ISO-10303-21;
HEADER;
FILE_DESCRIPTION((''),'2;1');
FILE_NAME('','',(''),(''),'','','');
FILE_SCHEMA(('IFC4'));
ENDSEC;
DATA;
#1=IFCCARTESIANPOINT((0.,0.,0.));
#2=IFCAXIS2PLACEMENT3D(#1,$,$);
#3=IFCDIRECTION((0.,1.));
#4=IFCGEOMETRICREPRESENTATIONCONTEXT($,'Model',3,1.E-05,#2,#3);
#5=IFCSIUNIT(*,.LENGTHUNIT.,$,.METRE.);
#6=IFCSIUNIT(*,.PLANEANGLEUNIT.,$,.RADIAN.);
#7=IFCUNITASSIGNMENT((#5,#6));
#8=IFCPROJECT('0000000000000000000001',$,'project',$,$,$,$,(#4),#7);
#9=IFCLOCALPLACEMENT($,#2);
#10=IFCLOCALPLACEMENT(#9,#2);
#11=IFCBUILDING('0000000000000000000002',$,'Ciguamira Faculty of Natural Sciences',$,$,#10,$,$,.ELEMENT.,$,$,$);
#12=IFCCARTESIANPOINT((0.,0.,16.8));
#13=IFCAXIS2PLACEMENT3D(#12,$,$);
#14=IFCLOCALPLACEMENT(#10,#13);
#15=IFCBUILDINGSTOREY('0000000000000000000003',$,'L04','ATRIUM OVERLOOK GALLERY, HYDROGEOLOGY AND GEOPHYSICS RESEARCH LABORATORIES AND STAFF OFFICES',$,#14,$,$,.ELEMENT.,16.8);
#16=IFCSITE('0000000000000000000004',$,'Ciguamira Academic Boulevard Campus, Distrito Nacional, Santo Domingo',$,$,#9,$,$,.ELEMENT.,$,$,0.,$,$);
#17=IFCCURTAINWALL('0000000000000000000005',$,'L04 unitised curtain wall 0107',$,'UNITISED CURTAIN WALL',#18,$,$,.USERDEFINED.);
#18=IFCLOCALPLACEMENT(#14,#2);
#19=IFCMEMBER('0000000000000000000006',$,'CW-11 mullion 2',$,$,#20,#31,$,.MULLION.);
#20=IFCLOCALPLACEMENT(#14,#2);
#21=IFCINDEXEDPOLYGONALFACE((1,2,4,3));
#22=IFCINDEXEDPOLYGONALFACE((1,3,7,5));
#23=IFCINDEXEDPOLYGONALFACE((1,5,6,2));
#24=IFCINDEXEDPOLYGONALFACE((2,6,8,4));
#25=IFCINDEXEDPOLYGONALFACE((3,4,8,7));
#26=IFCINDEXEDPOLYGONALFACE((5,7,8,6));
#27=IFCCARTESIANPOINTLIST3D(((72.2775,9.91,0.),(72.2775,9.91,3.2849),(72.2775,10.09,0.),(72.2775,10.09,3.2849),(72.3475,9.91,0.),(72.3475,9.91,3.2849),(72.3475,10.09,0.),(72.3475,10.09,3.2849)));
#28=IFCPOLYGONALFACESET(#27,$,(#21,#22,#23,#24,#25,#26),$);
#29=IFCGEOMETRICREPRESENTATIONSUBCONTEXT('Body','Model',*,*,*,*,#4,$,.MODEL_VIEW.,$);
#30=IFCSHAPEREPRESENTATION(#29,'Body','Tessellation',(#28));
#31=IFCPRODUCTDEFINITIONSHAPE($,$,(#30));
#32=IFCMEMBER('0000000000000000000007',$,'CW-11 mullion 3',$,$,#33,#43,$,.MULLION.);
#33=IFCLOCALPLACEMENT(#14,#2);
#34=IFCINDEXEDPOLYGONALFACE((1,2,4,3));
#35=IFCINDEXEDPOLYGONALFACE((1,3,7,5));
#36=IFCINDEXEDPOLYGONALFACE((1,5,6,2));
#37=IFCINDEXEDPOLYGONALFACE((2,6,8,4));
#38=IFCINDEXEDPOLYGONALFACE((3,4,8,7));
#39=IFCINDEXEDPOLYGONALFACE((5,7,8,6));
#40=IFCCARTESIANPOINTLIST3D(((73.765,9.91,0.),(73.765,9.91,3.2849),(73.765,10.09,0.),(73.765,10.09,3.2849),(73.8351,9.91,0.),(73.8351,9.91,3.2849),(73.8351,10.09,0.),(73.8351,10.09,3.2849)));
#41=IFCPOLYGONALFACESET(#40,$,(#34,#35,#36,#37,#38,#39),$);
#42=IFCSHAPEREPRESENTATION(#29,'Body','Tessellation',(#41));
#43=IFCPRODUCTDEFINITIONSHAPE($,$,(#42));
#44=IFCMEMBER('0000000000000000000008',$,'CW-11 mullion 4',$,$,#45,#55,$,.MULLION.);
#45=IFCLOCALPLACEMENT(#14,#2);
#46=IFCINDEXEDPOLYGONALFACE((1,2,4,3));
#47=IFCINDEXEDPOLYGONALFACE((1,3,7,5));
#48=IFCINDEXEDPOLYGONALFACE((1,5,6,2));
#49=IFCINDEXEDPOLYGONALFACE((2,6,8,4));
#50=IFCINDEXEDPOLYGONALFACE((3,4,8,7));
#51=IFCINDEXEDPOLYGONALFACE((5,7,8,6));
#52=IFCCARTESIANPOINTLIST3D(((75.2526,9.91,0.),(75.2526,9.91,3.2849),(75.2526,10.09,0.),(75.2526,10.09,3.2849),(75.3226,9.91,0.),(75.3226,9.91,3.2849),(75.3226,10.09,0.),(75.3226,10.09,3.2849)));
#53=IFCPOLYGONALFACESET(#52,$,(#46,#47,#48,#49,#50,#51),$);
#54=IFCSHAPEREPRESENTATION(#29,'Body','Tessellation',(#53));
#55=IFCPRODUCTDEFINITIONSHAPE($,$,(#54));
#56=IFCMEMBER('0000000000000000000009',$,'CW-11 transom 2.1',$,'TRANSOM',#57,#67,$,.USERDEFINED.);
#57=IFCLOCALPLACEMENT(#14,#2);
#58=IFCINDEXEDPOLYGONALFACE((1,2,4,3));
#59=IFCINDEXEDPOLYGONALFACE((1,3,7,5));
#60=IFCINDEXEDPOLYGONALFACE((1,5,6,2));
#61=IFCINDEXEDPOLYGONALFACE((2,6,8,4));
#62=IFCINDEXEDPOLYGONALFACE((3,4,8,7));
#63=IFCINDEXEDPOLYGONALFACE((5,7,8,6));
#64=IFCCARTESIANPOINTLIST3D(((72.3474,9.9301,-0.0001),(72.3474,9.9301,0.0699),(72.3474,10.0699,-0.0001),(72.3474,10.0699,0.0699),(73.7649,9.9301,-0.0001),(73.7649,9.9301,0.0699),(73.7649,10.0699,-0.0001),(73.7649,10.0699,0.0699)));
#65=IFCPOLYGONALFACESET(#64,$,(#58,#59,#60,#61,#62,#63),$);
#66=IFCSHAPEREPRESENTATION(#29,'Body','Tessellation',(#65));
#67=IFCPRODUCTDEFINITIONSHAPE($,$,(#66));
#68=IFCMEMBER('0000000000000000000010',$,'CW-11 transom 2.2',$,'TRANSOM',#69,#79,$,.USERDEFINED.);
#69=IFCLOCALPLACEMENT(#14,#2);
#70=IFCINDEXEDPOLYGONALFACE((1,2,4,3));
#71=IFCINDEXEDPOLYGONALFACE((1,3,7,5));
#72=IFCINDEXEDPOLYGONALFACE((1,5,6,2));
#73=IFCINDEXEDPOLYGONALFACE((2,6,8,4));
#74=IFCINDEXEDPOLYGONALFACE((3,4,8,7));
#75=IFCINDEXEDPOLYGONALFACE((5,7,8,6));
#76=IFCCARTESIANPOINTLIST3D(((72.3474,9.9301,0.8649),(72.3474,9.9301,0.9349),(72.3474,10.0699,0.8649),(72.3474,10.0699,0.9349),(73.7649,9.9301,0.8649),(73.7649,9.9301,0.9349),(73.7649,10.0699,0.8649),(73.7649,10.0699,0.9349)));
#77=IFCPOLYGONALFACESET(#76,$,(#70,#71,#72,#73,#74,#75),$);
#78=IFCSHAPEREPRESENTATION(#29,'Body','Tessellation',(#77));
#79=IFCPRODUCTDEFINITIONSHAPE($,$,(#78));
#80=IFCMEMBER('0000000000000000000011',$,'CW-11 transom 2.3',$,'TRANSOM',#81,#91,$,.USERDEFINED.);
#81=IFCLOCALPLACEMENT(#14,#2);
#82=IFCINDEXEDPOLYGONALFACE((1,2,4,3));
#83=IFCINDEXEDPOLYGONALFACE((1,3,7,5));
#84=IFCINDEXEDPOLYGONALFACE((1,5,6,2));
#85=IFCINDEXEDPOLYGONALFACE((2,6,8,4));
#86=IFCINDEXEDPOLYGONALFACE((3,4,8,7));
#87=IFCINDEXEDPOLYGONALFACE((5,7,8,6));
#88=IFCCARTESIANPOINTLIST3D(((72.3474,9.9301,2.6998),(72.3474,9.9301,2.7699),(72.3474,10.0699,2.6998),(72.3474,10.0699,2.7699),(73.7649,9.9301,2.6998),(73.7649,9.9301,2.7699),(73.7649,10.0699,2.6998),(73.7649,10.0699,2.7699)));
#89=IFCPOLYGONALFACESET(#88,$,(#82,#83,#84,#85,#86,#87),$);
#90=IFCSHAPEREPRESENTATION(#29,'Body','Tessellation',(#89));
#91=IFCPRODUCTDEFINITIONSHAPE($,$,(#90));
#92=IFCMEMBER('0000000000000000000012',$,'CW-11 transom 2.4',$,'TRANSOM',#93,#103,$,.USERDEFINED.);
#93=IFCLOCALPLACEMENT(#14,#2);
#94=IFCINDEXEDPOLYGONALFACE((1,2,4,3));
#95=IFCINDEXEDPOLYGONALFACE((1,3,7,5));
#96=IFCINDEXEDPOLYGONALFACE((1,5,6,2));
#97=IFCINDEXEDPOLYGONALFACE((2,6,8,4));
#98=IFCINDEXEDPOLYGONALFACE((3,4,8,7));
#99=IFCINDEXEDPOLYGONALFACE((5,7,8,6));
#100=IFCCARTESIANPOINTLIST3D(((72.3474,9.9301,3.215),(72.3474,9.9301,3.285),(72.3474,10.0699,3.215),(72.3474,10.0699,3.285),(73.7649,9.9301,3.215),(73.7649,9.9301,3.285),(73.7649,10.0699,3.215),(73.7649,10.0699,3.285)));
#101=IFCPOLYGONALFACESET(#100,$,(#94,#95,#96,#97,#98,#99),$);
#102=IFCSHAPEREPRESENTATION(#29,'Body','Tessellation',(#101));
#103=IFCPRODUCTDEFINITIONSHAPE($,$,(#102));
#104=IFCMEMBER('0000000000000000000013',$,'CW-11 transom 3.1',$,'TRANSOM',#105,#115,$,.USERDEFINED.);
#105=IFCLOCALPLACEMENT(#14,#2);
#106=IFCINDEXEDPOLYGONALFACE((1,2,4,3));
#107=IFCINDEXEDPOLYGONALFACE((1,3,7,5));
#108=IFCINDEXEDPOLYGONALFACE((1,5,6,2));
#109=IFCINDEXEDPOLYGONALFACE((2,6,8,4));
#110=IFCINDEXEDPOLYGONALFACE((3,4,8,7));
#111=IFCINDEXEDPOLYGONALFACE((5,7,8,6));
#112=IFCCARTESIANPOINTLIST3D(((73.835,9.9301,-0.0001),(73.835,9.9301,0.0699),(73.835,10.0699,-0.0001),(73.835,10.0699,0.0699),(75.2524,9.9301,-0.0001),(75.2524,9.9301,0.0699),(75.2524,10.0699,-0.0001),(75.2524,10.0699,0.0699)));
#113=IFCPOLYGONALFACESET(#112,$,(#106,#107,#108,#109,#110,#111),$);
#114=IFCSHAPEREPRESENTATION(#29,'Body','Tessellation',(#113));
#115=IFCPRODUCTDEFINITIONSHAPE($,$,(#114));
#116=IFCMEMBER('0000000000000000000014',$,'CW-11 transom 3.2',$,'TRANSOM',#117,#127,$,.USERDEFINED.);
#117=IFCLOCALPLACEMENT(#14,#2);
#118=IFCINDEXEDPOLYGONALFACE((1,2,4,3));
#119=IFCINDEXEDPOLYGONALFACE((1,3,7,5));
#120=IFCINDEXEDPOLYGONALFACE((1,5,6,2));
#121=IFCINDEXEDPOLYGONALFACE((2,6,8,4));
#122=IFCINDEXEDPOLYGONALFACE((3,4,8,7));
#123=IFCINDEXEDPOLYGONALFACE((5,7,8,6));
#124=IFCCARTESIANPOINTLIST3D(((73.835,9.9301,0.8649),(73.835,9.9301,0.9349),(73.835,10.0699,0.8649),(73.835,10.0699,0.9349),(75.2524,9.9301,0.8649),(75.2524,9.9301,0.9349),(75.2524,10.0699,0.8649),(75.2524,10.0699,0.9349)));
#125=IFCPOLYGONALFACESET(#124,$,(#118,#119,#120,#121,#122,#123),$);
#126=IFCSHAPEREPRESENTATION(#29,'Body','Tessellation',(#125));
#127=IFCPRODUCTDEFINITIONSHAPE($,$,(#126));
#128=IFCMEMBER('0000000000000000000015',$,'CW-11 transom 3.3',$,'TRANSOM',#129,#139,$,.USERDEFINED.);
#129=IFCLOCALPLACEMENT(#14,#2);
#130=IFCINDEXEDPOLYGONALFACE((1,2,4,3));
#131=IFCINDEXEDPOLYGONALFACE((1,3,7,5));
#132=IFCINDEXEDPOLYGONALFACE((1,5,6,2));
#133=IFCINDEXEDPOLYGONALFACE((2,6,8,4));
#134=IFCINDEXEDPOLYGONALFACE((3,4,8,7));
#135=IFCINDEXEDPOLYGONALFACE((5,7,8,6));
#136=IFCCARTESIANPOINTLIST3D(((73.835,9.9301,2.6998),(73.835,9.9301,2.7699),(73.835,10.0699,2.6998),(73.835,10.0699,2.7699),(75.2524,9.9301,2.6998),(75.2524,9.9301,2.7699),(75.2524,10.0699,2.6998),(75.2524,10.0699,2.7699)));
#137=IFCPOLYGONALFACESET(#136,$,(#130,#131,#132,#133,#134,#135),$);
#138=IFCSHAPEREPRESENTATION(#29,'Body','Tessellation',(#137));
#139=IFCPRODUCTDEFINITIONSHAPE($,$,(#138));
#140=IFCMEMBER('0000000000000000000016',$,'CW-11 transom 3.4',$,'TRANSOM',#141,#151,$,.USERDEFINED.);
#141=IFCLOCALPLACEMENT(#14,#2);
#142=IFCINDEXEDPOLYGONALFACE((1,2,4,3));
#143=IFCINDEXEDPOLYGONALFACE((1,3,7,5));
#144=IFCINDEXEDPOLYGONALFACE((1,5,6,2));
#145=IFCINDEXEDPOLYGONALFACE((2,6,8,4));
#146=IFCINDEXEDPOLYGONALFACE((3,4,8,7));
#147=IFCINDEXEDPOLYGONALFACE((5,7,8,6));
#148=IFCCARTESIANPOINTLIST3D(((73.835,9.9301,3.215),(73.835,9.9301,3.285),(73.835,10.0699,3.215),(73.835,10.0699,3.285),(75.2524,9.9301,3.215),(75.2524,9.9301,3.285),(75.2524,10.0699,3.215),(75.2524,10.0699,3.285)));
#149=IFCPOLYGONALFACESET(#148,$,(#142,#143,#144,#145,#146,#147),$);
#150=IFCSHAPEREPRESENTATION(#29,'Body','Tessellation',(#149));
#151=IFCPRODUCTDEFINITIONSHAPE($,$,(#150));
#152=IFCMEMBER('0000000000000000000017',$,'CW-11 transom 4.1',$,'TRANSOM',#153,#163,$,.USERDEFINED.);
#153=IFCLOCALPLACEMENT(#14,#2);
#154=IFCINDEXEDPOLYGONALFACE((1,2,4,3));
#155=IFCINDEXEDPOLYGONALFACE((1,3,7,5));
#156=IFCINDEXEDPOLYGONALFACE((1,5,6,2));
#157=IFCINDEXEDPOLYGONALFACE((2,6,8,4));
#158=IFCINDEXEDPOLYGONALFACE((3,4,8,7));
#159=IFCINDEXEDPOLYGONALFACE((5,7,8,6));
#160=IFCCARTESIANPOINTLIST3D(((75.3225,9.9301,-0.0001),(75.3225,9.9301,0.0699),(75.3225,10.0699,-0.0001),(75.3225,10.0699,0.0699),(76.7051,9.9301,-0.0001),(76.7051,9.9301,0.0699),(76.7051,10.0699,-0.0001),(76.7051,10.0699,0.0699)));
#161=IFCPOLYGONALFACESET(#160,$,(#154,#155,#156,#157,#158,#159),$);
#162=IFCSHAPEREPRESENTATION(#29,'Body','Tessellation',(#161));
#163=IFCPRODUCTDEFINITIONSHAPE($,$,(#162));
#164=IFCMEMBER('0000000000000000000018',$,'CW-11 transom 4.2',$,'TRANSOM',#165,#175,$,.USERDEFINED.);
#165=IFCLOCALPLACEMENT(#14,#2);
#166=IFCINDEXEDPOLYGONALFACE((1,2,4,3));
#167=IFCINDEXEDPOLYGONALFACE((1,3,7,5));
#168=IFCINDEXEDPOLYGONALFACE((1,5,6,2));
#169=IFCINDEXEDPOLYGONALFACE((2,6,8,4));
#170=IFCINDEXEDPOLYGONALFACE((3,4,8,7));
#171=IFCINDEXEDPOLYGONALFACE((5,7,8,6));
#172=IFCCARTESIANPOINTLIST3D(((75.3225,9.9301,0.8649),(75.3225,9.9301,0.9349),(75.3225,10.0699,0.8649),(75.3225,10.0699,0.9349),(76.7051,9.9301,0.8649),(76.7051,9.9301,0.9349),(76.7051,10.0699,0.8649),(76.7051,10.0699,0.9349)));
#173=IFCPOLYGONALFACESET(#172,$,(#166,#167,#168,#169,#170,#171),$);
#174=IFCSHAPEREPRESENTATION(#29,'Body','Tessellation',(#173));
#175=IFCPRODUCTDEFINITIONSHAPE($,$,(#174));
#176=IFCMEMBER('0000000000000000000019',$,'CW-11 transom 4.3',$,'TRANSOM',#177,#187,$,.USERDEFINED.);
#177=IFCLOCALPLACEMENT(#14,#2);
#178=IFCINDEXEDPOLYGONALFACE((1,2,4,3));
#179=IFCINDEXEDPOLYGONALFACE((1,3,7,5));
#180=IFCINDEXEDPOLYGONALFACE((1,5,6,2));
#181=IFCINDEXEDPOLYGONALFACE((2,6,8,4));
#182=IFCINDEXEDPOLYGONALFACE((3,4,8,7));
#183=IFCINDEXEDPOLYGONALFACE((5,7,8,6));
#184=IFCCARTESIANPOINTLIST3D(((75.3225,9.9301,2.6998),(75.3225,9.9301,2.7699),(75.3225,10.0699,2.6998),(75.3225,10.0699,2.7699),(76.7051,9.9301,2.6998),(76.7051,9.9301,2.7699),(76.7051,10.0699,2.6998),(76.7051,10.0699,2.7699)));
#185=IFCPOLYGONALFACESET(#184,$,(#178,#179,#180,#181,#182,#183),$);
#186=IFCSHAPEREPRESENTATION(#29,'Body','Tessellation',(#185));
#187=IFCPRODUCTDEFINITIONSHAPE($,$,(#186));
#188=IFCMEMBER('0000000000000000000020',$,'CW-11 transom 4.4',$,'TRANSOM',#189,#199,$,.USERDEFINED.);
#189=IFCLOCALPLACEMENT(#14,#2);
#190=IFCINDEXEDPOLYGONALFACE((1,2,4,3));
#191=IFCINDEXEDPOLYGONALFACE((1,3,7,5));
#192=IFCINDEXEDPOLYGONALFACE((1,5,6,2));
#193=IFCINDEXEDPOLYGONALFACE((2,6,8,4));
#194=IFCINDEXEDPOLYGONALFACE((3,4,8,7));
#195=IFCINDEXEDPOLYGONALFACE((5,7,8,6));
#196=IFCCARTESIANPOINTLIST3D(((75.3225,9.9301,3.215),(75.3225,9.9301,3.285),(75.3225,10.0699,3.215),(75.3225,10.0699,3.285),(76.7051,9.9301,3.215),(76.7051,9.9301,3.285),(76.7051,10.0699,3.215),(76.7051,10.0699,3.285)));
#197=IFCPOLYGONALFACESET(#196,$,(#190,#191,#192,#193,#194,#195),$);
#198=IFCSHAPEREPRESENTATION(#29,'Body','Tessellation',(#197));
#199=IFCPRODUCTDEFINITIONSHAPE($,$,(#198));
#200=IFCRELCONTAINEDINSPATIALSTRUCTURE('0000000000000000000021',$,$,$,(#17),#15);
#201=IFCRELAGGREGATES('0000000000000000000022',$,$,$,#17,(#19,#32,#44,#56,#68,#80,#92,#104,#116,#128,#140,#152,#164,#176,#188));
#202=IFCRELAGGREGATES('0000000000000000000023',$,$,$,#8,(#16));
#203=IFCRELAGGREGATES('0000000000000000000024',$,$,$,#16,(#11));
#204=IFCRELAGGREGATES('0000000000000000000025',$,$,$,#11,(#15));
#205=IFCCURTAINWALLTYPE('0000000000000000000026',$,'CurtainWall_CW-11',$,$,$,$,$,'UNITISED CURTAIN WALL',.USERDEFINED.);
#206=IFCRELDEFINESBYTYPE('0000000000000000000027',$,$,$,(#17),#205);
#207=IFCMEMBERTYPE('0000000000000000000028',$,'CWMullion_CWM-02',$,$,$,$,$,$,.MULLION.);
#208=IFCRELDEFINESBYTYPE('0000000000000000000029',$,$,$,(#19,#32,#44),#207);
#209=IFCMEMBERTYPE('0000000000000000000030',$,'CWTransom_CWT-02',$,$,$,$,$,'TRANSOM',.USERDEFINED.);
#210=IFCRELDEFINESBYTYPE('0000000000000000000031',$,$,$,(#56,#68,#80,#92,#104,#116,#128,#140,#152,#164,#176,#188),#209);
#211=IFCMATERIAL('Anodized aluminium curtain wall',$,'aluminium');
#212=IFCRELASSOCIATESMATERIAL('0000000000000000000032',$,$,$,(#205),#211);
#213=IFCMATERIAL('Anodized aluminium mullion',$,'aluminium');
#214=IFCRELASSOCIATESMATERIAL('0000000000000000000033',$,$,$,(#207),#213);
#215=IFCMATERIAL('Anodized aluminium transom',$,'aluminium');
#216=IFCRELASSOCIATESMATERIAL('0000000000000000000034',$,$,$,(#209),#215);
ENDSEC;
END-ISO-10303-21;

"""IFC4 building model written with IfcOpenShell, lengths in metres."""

from ifc_helpers import new_model, si_unit, direction, frame, origin, origin_2d, place, context, subcontext, project, spatial, rectangle, extrude, material, material_profile, profile_set, type_object, element, aggregate, save


model = new_model("IFC4")

# Units and contexts
model_context = context("Model", 3, precision=1e-05, world=origin(), true_north=direction((0.0, 1.0)))
body_context = subcontext(model_context, "Body", "Model", "MODEL_VIEW")
ifc_project = project(units=[si_unit("LENGTHUNIT", "METRE"), si_unit("PLANEANGLEUNIT", "RADIAN")], contexts=[model_context])

# Site, building, storey
site_placement = place(None, origin())
site = spatial("IfcSite", under=ifc_project, at=site_placement, Name="Ciguamira Academic Boulevard Campus, Distrito Nacional, Santo Domingo", CompositionType="ELEMENT", RefElevation=0.0)
building_placement = place(site_placement, origin())
building = spatial("IfcBuilding", under=site, at=building_placement, Name="Ciguamira Faculty of Natural Sciences", CompositionType="ELEMENT")
storey_placement = place(building_placement, frame((0.0, 0.0, 16.8)))
storey = spatial("IfcBuildingStorey", under=building, at=storey_placement, Name="L04", Description="ATRIUM OVERLOOK GALLERY, HYDROGEOLOGY AND GEOPHYSICS RESEARCH LABORATORIES AND STAFF OFFICES", CompositionType="ELEMENT", Elevation=16.8)

# Curtain wall, members
ifc_material_1 = material(Name="Anodized aluminium curtain wall", Category="aluminium")
curtain_wall_type = type_object("IfcCurtainWallType", Name="CurtainWall_CW-11", ElementType="UNITISED CURTAIN WALL", PredefinedType="USERDEFINED", material=ifc_material_1)
curtain_wall_placement = place(storey_placement, origin())
curtain_wall = element("IfcCurtainWall", 1, at=curtain_wall_placement, inside=storey, type_object=curtain_wall_type, Name="L04 unitised curtain wall 0107", ObjectType="UNITISED CURTAIN WALL", PredefinedType="USERDEFINED")
ifc_material_2 = material(Name="Anodized aluminium mullion", Category="aluminium")
ifc_material_profile_1 = material_profile(ifc_material_2, rectangle(XDim=0.0701, YDim=0.1799, at=origin_2d()), Name="ALU-MUL-70X180")
ifc_profile_set_1 = profile_set([ifc_material_profile_1], Name="Anodized aluminium mullion")
member_type_1 = type_object("IfcMemberType", Name="CWMullion_CWM-02", PredefinedType="MULLION", material=ifc_profile_set_1)
member_1_placement = place(storey_placement, frame((72.3125, 10.0, 0.0), z_axis=(0.0, 0.0, 1.0), x_axis=(1.0, 0.0, 0.0)))
member_1 = element("IfcMember", 2, at=member_1_placement, type_object=member_type_1, Name="CW-11 mullion 2", PredefinedType="MULLION", context=body_context, shape_type="SweptSolid", body=[
    extrude(rectangle(XDim=0.0701, YDim=0.1799, at=origin_2d()), origin(), (0.0, 0.0, 1.0), 3.2849),
])
member_2_placement = place(storey_placement, frame((73.8, 10.0, 0.0), z_axis=(0.0, 0.0, 1.0), x_axis=(1.0, 0.0, 0.0)))
member_2 = element("IfcMember", 3, at=member_2_placement, type_object=member_type_1, Name="CW-11 mullion 3", PredefinedType="MULLION", context=body_context, shape_type="SweptSolid", body=[
    extrude(rectangle(XDim=0.0701, YDim=0.1799, at=origin_2d()), origin(), (0.0, 0.0, 1.0), 3.2849),
])
member_3_placement = place(storey_placement, frame((75.2876, 10.0, 0.0), z_axis=(0.0, 0.0, 1.0), x_axis=(1.0, 0.0, 0.0)))
member_3 = element("IfcMember", 4, at=member_3_placement, type_object=member_type_1, Name="CW-11 mullion 4", PredefinedType="MULLION", context=body_context, shape_type="SweptSolid", body=[
    extrude(rectangle(XDim=0.0701, YDim=0.1799, at=origin_2d()), origin(), (0.0, 0.0, 1.0), 3.2849),
])
ifc_material_3 = material(Name="Anodized aluminium transom", Category="aluminium")
ifc_material_profile_2 = material_profile(ifc_material_3, rectangle(XDim=0.0701, YDim=0.1399, at=origin_2d()), Name="ALU-TRN-70X140")
ifc_profile_set_2 = profile_set([ifc_material_profile_2], Name="Anodized aluminium transom")
member_type_2 = type_object("IfcMemberType", Name="CWTransom_CWT-02", ElementType="TRANSOM", PredefinedType="USERDEFINED", material=ifc_profile_set_2)
member_4_placement = place(storey_placement, frame((72.3474, 10.0, 0.0349), z_axis=(1.0, 0.0, 0.0), x_axis=(0.0, 0.0, 1.0)))
member_4 = element("IfcMember", 5, at=member_4_placement, type_object=member_type_2, Name="CW-11 transom 2.1", ObjectType="TRANSOM", PredefinedType="USERDEFINED", context=body_context, shape_type="SweptSolid", body=[
    extrude(rectangle(XDim=0.0701, YDim=0.1399, at=origin_2d()), origin(), (0.0, 0.0, 1.0), 1.4175),
])
member_5_placement = place(storey_placement, frame((72.3474, 10.0, 0.8999), z_axis=(1.0, 0.0, 0.0), x_axis=(0.0, 0.0, 1.0)))
member_5 = element("IfcMember", 6, at=member_5_placement, type_object=member_type_2, Name="CW-11 transom 2.2", ObjectType="TRANSOM", PredefinedType="USERDEFINED", context=body_context, shape_type="SweptSolid", body=[
    extrude(rectangle(XDim=0.0701, YDim=0.1399, at=origin_2d()), origin(), (0.0, 0.0, 1.0), 1.4175),
])
member_6_placement = place(storey_placement, frame((72.3474, 10.0, 2.7349), z_axis=(1.0, 0.0, 0.0), x_axis=(0.0, 0.0, 1.0)))
member_6 = element("IfcMember", 7, at=member_6_placement, type_object=member_type_2, Name="CW-11 transom 2.3", ObjectType="TRANSOM", PredefinedType="USERDEFINED", context=body_context, shape_type="SweptSolid", body=[
    extrude(rectangle(XDim=0.0701, YDim=0.1399, at=origin_2d()), origin(), (0.0, 0.0, 1.0), 1.4175),
])
member_7_placement = place(storey_placement, frame((72.3474, 10.0, 3.25), z_axis=(1.0, 0.0, 0.0), x_axis=(0.0, 0.0, 1.0)))
member_7 = element("IfcMember", 8, at=member_7_placement, type_object=member_type_2, Name="CW-11 transom 2.4", ObjectType="TRANSOM", PredefinedType="USERDEFINED", context=body_context, shape_type="SweptSolid", body=[
    extrude(rectangle(XDim=0.0701, YDim=0.1399, at=origin_2d()), origin(), (0.0, 0.0, 1.0), 1.4175),
])
member_8_placement = place(storey_placement, frame((73.835, 10.0, 0.0349), z_axis=(1.0, 0.0, 0.0), x_axis=(0.0, 0.0, 1.0)))
member_8 = element("IfcMember", 9, at=member_8_placement, type_object=member_type_2, Name="CW-11 transom 3.1", ObjectType="TRANSOM", PredefinedType="USERDEFINED", context=body_context, shape_type="SweptSolid", body=[
    extrude(rectangle(XDim=0.0701, YDim=0.1399, at=origin_2d()), origin(), (0.0, 0.0, 1.0), 1.4175),
])
member_9_placement = place(storey_placement, frame((73.835, 10.0, 0.8999), z_axis=(1.0, 0.0, 0.0), x_axis=(0.0, 0.0, 1.0)))
member_9 = element("IfcMember", 10, at=member_9_placement, type_object=member_type_2, Name="CW-11 transom 3.2", ObjectType="TRANSOM", PredefinedType="USERDEFINED", context=body_context, shape_type="SweptSolid", body=[
    extrude(rectangle(XDim=0.0701, YDim=0.1399, at=origin_2d()), origin(), (0.0, 0.0, 1.0), 1.4175),
])
member_10_placement = place(storey_placement, frame((73.835, 10.0, 2.7349), z_axis=(1.0, 0.0, 0.0), x_axis=(0.0, 0.0, 1.0)))
member_10 = element("IfcMember", 11, at=member_10_placement, type_object=member_type_2, Name="CW-11 transom 3.3", ObjectType="TRANSOM", PredefinedType="USERDEFINED", context=body_context, shape_type="SweptSolid", body=[
    extrude(rectangle(XDim=0.0701, YDim=0.1399, at=origin_2d()), origin(), (0.0, 0.0, 1.0), 1.4175),
])
member_11_placement = place(storey_placement, frame((73.835, 10.0, 3.25), z_axis=(1.0, 0.0, 0.0), x_axis=(0.0, 0.0, 1.0)))
member_11 = element("IfcMember", 12, at=member_11_placement, type_object=member_type_2, Name="CW-11 transom 3.4", ObjectType="TRANSOM", PredefinedType="USERDEFINED", context=body_context, shape_type="SweptSolid", body=[
    extrude(rectangle(XDim=0.0701, YDim=0.1399, at=origin_2d()), origin(), (0.0, 0.0, 1.0), 1.4175),
])
member_12_placement = place(storey_placement, frame((75.3225, 10.0, 0.0349), z_axis=(1.0, 0.0, 0.0), x_axis=(0.0, 0.0, 1.0)))
member_12 = element("IfcMember", 13, at=member_12_placement, type_object=member_type_2, Name="CW-11 transom 4.1", ObjectType="TRANSOM", PredefinedType="USERDEFINED", context=body_context, shape_type="SweptSolid", body=[
    extrude(rectangle(XDim=0.0701, YDim=0.1399, at=origin_2d()), origin(), (0.0, 0.0, 1.0), 1.3826),
])
member_13_placement = place(storey_placement, frame((75.3225, 10.0, 0.8999), z_axis=(1.0, 0.0, 0.0), x_axis=(0.0, 0.0, 1.0)))
member_13 = element("IfcMember", 14, at=member_13_placement, type_object=member_type_2, Name="CW-11 transom 4.2", ObjectType="TRANSOM", PredefinedType="USERDEFINED", context=body_context, shape_type="SweptSolid", body=[
    extrude(rectangle(XDim=0.0701, YDim=0.1399, at=origin_2d()), origin(), (0.0, 0.0, 1.0), 1.3826),
])
member_14_placement = place(storey_placement, frame((75.3225, 10.0, 2.7349), z_axis=(1.0, 0.0, 0.0), x_axis=(0.0, 0.0, 1.0)))
member_14 = element("IfcMember", 15, at=member_14_placement, type_object=member_type_2, Name="CW-11 transom 4.3", ObjectType="TRANSOM", PredefinedType="USERDEFINED", context=body_context, shape_type="SweptSolid", body=[
    extrude(rectangle(XDim=0.0701, YDim=0.1399, at=origin_2d()), origin(), (0.0, 0.0, 1.0), 1.3826),
])
member_15_placement = place(storey_placement, frame((75.3225, 10.0, 3.25), z_axis=(1.0, 0.0, 0.0), x_axis=(0.0, 0.0, 1.0)))
member_15 = element("IfcMember", 16, at=member_15_placement, type_object=member_type_2, Name="CW-11 transom 4.4", ObjectType="TRANSOM", PredefinedType="USERDEFINED", context=body_context, shape_type="SweptSolid", body=[
    extrude(rectangle(XDim=0.0701, YDim=0.1399, at=origin_2d()), origin(), (0.0, 0.0, 1.0), 1.3826),
])
aggregate(curtain_wall, [member_1, member_2, member_3, member_4, member_5, member_6, member_7, member_8, member_9, member_10, member_11, member_12, member_13, member_14, member_15])

save(model, "model.ifc")
